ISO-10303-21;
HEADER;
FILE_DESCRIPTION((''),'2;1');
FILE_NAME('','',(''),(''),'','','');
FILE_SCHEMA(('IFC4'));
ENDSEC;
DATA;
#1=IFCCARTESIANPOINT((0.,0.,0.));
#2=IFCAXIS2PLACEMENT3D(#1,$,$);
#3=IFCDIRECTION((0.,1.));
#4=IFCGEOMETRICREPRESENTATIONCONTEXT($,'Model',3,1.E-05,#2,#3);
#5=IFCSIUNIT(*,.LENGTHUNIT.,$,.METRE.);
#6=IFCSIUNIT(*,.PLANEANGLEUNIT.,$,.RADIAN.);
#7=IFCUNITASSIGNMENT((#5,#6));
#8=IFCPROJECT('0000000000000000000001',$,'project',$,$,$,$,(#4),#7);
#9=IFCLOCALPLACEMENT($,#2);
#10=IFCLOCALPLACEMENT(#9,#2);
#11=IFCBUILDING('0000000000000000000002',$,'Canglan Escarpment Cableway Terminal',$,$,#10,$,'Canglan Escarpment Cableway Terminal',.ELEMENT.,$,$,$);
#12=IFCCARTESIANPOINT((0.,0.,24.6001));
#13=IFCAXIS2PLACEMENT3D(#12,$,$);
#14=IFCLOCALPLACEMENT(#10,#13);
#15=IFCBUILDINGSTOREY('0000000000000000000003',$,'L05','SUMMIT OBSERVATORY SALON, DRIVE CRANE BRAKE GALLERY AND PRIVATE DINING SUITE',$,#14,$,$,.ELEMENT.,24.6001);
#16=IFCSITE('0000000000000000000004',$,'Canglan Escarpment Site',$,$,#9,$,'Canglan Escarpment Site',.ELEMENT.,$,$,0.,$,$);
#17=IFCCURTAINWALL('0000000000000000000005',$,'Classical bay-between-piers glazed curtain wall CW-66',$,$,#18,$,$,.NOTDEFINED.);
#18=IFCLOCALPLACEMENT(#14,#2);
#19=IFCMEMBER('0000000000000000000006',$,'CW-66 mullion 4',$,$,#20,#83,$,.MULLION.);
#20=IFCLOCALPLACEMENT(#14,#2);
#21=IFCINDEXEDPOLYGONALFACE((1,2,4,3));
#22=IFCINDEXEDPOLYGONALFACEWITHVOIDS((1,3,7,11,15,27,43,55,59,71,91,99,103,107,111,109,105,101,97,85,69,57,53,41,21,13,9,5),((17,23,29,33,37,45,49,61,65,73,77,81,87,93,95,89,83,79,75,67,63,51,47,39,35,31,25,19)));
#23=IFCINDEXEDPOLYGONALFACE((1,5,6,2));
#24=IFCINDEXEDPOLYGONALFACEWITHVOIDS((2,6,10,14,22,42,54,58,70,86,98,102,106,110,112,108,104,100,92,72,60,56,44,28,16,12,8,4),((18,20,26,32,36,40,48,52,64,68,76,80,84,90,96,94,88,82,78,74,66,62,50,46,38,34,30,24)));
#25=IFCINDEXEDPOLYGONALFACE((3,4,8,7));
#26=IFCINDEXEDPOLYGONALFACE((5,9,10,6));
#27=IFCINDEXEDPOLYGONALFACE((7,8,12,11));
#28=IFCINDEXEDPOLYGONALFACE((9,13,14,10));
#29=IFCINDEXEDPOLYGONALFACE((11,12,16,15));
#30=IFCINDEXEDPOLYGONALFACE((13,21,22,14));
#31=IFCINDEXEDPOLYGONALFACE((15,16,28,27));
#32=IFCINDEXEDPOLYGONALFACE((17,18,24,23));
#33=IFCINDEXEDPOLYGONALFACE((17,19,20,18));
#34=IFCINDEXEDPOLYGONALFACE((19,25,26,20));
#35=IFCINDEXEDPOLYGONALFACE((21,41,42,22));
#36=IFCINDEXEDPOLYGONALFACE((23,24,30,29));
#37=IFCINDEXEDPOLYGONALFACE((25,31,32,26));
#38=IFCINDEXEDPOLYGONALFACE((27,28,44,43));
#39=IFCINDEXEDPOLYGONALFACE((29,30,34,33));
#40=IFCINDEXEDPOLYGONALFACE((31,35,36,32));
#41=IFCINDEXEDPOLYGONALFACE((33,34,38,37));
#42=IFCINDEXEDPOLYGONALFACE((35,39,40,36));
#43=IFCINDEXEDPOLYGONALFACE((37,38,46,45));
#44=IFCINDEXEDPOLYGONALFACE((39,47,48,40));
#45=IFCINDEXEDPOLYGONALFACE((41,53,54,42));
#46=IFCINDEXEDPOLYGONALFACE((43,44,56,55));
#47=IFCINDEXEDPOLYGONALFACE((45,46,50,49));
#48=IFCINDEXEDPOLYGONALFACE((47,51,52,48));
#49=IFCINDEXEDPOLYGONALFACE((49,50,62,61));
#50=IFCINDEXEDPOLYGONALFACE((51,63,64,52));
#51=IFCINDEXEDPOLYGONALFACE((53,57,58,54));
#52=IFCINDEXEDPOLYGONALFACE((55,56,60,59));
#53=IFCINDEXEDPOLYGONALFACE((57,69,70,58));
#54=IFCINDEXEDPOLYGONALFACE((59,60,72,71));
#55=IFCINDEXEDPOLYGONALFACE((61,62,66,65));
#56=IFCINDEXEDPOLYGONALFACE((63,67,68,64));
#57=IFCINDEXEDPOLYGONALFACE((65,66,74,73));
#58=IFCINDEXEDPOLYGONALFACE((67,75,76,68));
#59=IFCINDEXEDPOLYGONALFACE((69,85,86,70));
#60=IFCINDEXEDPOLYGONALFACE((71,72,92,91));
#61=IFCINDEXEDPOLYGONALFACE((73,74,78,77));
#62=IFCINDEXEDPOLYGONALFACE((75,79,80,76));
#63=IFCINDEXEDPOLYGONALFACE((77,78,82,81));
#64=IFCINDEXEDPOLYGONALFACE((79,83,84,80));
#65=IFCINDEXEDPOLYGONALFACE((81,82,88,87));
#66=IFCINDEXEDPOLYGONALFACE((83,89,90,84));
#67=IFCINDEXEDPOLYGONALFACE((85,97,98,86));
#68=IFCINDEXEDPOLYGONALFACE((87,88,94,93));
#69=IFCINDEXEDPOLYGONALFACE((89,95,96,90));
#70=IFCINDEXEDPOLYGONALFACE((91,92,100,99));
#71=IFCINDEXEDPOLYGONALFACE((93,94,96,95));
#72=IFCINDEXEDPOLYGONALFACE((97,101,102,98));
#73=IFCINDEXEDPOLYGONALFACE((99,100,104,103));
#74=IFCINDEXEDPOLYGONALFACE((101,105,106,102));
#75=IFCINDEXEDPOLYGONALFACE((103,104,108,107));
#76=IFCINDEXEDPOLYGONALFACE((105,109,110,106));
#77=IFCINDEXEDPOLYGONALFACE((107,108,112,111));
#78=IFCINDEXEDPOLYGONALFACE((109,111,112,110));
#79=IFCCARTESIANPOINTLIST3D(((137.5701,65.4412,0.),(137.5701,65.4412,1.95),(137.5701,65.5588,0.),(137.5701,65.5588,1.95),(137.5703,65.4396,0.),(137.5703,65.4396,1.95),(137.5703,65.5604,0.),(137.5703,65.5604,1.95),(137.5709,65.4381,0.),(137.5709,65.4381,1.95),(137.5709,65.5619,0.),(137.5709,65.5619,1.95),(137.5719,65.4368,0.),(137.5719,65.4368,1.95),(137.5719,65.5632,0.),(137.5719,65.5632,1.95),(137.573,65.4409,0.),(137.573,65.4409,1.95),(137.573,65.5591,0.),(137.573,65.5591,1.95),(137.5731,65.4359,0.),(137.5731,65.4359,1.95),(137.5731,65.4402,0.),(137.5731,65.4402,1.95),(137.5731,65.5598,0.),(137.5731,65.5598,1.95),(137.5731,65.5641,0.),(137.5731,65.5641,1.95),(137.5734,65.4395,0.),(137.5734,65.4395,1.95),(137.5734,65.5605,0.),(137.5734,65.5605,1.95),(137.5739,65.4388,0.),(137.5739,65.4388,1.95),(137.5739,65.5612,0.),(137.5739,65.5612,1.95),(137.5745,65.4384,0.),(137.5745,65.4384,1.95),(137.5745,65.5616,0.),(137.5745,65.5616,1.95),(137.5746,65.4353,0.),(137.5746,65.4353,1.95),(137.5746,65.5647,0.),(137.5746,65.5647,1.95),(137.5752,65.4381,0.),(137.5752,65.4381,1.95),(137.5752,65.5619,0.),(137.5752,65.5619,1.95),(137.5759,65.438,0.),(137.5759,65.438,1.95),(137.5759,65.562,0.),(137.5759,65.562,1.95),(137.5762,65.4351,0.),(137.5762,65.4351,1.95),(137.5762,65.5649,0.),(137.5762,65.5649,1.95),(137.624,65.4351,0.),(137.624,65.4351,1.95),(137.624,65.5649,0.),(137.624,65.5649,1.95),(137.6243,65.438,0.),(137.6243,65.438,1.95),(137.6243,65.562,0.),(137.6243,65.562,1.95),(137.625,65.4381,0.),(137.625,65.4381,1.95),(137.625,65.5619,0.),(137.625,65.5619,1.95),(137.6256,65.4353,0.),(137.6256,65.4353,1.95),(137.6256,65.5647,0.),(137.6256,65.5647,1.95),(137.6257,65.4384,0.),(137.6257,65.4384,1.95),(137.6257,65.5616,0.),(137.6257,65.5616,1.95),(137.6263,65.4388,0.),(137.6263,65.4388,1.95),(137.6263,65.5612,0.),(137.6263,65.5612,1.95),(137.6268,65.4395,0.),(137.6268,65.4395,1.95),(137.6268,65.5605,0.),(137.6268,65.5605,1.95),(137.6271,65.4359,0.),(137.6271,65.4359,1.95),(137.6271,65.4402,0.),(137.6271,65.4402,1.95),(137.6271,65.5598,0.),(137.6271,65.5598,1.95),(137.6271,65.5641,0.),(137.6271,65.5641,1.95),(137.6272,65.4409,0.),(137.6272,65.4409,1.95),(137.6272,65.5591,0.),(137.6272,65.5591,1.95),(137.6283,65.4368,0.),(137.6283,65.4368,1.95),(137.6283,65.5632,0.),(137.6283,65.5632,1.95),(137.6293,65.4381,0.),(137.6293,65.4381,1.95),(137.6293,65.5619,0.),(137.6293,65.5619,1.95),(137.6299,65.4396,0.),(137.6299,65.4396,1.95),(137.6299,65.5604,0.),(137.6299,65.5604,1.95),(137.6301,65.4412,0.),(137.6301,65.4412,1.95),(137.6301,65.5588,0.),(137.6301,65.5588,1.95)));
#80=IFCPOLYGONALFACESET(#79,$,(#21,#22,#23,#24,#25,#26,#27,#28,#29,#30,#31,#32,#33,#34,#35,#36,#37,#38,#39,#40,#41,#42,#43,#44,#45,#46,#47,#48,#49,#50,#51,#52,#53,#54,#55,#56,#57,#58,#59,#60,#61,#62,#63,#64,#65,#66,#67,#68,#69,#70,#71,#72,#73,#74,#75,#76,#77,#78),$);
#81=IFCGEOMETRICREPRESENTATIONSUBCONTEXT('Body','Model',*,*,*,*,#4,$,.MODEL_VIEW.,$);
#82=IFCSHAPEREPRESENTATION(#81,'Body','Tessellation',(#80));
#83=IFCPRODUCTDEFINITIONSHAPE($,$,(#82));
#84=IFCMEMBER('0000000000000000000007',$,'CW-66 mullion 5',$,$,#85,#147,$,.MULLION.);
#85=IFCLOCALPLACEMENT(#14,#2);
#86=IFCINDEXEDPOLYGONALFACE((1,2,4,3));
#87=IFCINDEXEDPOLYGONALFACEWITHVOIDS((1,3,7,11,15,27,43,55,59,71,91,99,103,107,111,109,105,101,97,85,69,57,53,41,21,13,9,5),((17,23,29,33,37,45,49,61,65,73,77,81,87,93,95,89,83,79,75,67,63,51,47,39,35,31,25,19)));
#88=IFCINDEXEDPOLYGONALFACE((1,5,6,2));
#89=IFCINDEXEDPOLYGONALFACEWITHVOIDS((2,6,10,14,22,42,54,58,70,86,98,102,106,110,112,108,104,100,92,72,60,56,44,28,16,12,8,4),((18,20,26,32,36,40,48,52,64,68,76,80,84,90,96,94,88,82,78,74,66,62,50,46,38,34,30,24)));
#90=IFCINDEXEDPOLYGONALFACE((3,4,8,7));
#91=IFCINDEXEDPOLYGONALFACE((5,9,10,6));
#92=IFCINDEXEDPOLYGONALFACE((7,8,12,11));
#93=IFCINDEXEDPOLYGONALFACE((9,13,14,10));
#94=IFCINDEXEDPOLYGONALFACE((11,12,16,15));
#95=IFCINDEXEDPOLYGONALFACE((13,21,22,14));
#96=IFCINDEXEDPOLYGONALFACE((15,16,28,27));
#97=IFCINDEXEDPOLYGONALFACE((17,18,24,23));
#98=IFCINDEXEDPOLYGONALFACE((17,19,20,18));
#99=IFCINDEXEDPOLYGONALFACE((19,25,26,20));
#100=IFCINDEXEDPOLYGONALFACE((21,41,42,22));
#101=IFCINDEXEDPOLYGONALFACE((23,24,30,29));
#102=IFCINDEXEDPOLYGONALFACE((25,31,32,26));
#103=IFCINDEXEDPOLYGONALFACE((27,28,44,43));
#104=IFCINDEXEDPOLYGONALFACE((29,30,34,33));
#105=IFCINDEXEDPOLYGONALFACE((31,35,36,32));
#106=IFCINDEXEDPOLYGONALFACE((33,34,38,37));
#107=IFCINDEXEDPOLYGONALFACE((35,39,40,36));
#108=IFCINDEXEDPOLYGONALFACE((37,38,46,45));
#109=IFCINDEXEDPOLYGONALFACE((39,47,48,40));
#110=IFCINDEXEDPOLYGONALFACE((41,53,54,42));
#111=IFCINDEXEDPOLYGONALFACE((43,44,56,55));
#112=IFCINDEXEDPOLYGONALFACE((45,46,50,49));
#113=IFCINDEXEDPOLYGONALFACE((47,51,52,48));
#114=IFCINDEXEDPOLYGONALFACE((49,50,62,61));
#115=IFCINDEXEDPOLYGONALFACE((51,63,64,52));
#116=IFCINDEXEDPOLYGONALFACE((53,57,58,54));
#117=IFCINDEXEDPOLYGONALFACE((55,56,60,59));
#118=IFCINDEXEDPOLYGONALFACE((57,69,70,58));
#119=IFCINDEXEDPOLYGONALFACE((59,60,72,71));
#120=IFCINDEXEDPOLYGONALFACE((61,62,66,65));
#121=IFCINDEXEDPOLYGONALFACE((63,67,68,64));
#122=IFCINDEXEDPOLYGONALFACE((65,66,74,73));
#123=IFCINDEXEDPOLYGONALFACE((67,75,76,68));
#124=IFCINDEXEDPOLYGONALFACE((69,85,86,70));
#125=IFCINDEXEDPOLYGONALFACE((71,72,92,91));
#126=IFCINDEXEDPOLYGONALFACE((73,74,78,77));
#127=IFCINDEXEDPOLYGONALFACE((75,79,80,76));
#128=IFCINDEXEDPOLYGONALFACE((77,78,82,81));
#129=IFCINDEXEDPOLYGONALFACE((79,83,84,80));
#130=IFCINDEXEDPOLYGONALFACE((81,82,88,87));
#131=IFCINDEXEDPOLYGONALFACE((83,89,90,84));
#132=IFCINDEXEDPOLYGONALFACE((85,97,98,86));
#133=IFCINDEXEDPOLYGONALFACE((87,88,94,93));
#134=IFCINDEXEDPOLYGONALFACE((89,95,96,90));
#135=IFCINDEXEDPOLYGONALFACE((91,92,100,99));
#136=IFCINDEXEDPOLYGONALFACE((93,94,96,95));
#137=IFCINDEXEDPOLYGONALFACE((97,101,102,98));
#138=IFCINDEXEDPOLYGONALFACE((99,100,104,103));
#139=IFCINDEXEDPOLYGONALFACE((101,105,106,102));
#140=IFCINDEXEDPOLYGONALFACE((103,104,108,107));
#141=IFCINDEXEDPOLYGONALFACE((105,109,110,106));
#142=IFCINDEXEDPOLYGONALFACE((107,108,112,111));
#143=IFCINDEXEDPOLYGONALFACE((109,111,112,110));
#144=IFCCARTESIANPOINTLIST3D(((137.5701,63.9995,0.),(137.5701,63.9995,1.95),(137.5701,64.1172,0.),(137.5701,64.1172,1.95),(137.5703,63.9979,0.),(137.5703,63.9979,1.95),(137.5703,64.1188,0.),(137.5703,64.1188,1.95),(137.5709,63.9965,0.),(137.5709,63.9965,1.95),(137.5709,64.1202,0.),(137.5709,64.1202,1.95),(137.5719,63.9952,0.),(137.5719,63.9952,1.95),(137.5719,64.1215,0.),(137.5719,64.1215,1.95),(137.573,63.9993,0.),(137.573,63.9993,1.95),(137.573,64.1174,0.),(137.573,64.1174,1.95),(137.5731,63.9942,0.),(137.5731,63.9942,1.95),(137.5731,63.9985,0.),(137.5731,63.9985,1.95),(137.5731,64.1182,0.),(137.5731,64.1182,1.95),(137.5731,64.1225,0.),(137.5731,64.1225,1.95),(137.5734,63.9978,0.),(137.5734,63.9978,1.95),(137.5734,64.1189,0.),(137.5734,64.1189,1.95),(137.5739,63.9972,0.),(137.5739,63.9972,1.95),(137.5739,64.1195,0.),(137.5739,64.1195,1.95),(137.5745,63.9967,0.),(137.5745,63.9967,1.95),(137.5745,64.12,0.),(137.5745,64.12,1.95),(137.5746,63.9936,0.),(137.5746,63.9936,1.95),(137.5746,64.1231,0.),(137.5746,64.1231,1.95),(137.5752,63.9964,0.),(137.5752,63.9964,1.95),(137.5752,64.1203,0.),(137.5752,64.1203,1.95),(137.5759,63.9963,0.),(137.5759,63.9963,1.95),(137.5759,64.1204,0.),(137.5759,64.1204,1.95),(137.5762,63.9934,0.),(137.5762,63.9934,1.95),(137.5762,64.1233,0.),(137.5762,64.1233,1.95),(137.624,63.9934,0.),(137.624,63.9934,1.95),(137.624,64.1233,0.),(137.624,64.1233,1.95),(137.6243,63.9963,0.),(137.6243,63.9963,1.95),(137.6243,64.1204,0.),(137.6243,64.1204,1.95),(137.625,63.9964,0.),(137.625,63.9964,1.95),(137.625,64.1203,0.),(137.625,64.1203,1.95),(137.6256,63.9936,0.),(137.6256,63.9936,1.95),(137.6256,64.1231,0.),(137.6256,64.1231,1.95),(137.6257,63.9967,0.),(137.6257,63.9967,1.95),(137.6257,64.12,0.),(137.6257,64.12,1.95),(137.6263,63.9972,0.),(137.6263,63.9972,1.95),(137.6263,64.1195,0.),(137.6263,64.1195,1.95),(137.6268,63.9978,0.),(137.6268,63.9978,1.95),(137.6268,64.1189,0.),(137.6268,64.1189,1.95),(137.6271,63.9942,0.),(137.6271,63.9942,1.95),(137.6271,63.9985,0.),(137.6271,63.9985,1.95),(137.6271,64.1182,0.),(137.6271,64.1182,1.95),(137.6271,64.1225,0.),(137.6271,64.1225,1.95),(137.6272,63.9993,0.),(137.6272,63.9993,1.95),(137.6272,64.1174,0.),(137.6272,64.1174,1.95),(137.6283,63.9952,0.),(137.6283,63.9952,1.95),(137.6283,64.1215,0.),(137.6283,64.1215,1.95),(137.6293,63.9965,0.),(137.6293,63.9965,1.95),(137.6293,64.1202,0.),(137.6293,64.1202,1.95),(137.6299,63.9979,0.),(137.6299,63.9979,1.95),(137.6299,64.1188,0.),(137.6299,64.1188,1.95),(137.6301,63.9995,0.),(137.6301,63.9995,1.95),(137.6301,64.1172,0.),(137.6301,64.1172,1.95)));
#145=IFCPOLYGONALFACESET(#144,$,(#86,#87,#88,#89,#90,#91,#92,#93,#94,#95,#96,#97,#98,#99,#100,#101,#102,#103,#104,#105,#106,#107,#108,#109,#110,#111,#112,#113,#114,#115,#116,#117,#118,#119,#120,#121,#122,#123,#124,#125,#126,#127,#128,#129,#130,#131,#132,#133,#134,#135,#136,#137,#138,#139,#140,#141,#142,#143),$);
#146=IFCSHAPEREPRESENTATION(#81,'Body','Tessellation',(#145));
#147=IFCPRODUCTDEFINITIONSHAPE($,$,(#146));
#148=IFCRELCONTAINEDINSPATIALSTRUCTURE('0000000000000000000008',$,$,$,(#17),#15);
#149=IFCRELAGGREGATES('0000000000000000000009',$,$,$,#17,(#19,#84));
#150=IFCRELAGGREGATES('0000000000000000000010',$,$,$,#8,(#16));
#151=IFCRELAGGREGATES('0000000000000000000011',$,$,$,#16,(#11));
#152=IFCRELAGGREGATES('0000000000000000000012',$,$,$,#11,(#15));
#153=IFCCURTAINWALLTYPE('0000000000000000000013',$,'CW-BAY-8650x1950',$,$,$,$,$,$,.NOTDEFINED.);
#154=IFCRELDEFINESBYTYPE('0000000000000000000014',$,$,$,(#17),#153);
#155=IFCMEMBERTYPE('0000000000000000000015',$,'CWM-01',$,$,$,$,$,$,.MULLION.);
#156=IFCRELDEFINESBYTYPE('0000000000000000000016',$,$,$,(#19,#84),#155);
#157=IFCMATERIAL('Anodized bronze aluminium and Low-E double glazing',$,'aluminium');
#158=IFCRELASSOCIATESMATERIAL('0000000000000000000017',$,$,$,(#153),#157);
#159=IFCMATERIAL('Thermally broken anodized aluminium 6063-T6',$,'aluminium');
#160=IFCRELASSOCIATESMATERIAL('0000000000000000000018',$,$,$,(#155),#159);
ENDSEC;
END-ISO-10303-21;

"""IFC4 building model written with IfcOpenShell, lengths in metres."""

from ifc_helpers import new_model, si_unit, direction, frame, origin, origin_2d, place, context, subcontext, project, spatial, hollow_rectangle, extrude, material, material_profile, profile_set, type_object, element, aggregate, save


model = new_model("IFC4")

# Units and contexts
model_context = context("Model", 3, precision=1e-05, world=origin(), true_north=direction((0.0, 1.0)))
body_context = subcontext(model_context, "Body", "Model", "MODEL_VIEW")
ifc_project = project(units=[si_unit("LENGTHUNIT", "METRE"), si_unit("PLANEANGLEUNIT", "RADIAN")], contexts=[model_context])

# Site, building, storey
site_placement = place(None, origin())
site = spatial("IfcSite", under=ifc_project, at=site_placement, Name="Canglan Escarpment Site", LongName="Canglan Escarpment Site", CompositionType="ELEMENT", RefElevation=0.0)
building_placement = place(site_placement, origin())
building = spatial("IfcBuilding", under=site, at=building_placement, Name="Canglan Escarpment Cableway Terminal", LongName="Canglan Escarpment Cableway Terminal", CompositionType="ELEMENT")
storey_placement = place(building_placement, frame((0.0, 0.0, 24.6001)))
storey = spatial("IfcBuildingStorey", under=building, at=storey_placement, Name="L05", Description="SUMMIT OBSERVATORY SALON, DRIVE CRANE BRAKE GALLERY AND PRIVATE DINING SUITE", CompositionType="ELEMENT", Elevation=24.6001)

# Curtain wall, members
ifc_material_1 = material(Name="Anodized bronze aluminium and Low-E double glazing", Category="aluminium")
curtain_wall_type = type_object("IfcCurtainWallType", Name="CW-BAY-8650x1950", PredefinedType="NOTDEFINED", material=ifc_material_1)
curtain_wall_placement = place(storey_placement, origin())
curtain_wall = element("IfcCurtainWall", 1, at=curtain_wall_placement, inside=storey, type_object=curtain_wall_type, Name="Classical bay-between-piers glazed curtain wall CW-66", PredefinedType="NOTDEFINED")
ifc_material_2 = material(Name="Thermally broken anodized aluminium 6063-T6", Category="aluminium")
ifc_material_profile_1 = material_profile(ifc_material_2, hollow_rectangle(XDim=0.0601, YDim=0.1299, WallThickness=0.0029, InnerFilletRadius=0.0029, OuterFilletRadius=0.0061, at=origin_2d()), Name="ALU-MULL 60x130x3")
ifc_profile_set_1 = profile_set([ifc_material_profile_1], Name="Thermally broken anodized aluminium 6063-T6")
member_type_1 = type_object("IfcMemberType", Name="CWM-01", PredefinedType="MULLION", material=ifc_profile_set_1)
member_1_placement = place(storey_placement, frame((137.6001, 65.5, 0.0), z_axis=(0.0, 0.0, 1.0), x_axis=(1.0, 0.0, 0.0)))
member_1 = element("IfcMember", 2, at=member_1_placement, type_object=member_type_1, Name="CW-66 mullion 4", PredefinedType="MULLION", context=body_context, shape_type="SweptSolid", body=[
    extrude(hollow_rectangle(XDim=0.0601, YDim=0.1299, WallThickness=0.0029, InnerFilletRadius=0.0029, OuterFilletRadius=0.0061, at=origin_2d()), origin(), (0.0, 0.0, 1.0), 1.95),
])
member_2_placement = place(storey_placement, frame((137.6001, 64.0583, 0.0), z_axis=(0.0, 0.0, 1.0), x_axis=(1.0, 0.0, 0.0)))
member_2 = element("IfcMember", 3, at=member_2_placement, type_object=member_type_1, Name="CW-66 mullion 5", PredefinedType="MULLION", context=body_context, shape_type="SweptSolid", body=[
    extrude(hollow_rectangle(XDim=0.0601, YDim=0.1299, WallThickness=0.0029, InnerFilletRadius=0.0029, OuterFilletRadius=0.0061, at=origin_2d()), origin(), (0.0, 0.0, 1.0), 1.95),
])
aggregate(curtain_wall, [member_1, member_2])

save(model, "model.ifc")
